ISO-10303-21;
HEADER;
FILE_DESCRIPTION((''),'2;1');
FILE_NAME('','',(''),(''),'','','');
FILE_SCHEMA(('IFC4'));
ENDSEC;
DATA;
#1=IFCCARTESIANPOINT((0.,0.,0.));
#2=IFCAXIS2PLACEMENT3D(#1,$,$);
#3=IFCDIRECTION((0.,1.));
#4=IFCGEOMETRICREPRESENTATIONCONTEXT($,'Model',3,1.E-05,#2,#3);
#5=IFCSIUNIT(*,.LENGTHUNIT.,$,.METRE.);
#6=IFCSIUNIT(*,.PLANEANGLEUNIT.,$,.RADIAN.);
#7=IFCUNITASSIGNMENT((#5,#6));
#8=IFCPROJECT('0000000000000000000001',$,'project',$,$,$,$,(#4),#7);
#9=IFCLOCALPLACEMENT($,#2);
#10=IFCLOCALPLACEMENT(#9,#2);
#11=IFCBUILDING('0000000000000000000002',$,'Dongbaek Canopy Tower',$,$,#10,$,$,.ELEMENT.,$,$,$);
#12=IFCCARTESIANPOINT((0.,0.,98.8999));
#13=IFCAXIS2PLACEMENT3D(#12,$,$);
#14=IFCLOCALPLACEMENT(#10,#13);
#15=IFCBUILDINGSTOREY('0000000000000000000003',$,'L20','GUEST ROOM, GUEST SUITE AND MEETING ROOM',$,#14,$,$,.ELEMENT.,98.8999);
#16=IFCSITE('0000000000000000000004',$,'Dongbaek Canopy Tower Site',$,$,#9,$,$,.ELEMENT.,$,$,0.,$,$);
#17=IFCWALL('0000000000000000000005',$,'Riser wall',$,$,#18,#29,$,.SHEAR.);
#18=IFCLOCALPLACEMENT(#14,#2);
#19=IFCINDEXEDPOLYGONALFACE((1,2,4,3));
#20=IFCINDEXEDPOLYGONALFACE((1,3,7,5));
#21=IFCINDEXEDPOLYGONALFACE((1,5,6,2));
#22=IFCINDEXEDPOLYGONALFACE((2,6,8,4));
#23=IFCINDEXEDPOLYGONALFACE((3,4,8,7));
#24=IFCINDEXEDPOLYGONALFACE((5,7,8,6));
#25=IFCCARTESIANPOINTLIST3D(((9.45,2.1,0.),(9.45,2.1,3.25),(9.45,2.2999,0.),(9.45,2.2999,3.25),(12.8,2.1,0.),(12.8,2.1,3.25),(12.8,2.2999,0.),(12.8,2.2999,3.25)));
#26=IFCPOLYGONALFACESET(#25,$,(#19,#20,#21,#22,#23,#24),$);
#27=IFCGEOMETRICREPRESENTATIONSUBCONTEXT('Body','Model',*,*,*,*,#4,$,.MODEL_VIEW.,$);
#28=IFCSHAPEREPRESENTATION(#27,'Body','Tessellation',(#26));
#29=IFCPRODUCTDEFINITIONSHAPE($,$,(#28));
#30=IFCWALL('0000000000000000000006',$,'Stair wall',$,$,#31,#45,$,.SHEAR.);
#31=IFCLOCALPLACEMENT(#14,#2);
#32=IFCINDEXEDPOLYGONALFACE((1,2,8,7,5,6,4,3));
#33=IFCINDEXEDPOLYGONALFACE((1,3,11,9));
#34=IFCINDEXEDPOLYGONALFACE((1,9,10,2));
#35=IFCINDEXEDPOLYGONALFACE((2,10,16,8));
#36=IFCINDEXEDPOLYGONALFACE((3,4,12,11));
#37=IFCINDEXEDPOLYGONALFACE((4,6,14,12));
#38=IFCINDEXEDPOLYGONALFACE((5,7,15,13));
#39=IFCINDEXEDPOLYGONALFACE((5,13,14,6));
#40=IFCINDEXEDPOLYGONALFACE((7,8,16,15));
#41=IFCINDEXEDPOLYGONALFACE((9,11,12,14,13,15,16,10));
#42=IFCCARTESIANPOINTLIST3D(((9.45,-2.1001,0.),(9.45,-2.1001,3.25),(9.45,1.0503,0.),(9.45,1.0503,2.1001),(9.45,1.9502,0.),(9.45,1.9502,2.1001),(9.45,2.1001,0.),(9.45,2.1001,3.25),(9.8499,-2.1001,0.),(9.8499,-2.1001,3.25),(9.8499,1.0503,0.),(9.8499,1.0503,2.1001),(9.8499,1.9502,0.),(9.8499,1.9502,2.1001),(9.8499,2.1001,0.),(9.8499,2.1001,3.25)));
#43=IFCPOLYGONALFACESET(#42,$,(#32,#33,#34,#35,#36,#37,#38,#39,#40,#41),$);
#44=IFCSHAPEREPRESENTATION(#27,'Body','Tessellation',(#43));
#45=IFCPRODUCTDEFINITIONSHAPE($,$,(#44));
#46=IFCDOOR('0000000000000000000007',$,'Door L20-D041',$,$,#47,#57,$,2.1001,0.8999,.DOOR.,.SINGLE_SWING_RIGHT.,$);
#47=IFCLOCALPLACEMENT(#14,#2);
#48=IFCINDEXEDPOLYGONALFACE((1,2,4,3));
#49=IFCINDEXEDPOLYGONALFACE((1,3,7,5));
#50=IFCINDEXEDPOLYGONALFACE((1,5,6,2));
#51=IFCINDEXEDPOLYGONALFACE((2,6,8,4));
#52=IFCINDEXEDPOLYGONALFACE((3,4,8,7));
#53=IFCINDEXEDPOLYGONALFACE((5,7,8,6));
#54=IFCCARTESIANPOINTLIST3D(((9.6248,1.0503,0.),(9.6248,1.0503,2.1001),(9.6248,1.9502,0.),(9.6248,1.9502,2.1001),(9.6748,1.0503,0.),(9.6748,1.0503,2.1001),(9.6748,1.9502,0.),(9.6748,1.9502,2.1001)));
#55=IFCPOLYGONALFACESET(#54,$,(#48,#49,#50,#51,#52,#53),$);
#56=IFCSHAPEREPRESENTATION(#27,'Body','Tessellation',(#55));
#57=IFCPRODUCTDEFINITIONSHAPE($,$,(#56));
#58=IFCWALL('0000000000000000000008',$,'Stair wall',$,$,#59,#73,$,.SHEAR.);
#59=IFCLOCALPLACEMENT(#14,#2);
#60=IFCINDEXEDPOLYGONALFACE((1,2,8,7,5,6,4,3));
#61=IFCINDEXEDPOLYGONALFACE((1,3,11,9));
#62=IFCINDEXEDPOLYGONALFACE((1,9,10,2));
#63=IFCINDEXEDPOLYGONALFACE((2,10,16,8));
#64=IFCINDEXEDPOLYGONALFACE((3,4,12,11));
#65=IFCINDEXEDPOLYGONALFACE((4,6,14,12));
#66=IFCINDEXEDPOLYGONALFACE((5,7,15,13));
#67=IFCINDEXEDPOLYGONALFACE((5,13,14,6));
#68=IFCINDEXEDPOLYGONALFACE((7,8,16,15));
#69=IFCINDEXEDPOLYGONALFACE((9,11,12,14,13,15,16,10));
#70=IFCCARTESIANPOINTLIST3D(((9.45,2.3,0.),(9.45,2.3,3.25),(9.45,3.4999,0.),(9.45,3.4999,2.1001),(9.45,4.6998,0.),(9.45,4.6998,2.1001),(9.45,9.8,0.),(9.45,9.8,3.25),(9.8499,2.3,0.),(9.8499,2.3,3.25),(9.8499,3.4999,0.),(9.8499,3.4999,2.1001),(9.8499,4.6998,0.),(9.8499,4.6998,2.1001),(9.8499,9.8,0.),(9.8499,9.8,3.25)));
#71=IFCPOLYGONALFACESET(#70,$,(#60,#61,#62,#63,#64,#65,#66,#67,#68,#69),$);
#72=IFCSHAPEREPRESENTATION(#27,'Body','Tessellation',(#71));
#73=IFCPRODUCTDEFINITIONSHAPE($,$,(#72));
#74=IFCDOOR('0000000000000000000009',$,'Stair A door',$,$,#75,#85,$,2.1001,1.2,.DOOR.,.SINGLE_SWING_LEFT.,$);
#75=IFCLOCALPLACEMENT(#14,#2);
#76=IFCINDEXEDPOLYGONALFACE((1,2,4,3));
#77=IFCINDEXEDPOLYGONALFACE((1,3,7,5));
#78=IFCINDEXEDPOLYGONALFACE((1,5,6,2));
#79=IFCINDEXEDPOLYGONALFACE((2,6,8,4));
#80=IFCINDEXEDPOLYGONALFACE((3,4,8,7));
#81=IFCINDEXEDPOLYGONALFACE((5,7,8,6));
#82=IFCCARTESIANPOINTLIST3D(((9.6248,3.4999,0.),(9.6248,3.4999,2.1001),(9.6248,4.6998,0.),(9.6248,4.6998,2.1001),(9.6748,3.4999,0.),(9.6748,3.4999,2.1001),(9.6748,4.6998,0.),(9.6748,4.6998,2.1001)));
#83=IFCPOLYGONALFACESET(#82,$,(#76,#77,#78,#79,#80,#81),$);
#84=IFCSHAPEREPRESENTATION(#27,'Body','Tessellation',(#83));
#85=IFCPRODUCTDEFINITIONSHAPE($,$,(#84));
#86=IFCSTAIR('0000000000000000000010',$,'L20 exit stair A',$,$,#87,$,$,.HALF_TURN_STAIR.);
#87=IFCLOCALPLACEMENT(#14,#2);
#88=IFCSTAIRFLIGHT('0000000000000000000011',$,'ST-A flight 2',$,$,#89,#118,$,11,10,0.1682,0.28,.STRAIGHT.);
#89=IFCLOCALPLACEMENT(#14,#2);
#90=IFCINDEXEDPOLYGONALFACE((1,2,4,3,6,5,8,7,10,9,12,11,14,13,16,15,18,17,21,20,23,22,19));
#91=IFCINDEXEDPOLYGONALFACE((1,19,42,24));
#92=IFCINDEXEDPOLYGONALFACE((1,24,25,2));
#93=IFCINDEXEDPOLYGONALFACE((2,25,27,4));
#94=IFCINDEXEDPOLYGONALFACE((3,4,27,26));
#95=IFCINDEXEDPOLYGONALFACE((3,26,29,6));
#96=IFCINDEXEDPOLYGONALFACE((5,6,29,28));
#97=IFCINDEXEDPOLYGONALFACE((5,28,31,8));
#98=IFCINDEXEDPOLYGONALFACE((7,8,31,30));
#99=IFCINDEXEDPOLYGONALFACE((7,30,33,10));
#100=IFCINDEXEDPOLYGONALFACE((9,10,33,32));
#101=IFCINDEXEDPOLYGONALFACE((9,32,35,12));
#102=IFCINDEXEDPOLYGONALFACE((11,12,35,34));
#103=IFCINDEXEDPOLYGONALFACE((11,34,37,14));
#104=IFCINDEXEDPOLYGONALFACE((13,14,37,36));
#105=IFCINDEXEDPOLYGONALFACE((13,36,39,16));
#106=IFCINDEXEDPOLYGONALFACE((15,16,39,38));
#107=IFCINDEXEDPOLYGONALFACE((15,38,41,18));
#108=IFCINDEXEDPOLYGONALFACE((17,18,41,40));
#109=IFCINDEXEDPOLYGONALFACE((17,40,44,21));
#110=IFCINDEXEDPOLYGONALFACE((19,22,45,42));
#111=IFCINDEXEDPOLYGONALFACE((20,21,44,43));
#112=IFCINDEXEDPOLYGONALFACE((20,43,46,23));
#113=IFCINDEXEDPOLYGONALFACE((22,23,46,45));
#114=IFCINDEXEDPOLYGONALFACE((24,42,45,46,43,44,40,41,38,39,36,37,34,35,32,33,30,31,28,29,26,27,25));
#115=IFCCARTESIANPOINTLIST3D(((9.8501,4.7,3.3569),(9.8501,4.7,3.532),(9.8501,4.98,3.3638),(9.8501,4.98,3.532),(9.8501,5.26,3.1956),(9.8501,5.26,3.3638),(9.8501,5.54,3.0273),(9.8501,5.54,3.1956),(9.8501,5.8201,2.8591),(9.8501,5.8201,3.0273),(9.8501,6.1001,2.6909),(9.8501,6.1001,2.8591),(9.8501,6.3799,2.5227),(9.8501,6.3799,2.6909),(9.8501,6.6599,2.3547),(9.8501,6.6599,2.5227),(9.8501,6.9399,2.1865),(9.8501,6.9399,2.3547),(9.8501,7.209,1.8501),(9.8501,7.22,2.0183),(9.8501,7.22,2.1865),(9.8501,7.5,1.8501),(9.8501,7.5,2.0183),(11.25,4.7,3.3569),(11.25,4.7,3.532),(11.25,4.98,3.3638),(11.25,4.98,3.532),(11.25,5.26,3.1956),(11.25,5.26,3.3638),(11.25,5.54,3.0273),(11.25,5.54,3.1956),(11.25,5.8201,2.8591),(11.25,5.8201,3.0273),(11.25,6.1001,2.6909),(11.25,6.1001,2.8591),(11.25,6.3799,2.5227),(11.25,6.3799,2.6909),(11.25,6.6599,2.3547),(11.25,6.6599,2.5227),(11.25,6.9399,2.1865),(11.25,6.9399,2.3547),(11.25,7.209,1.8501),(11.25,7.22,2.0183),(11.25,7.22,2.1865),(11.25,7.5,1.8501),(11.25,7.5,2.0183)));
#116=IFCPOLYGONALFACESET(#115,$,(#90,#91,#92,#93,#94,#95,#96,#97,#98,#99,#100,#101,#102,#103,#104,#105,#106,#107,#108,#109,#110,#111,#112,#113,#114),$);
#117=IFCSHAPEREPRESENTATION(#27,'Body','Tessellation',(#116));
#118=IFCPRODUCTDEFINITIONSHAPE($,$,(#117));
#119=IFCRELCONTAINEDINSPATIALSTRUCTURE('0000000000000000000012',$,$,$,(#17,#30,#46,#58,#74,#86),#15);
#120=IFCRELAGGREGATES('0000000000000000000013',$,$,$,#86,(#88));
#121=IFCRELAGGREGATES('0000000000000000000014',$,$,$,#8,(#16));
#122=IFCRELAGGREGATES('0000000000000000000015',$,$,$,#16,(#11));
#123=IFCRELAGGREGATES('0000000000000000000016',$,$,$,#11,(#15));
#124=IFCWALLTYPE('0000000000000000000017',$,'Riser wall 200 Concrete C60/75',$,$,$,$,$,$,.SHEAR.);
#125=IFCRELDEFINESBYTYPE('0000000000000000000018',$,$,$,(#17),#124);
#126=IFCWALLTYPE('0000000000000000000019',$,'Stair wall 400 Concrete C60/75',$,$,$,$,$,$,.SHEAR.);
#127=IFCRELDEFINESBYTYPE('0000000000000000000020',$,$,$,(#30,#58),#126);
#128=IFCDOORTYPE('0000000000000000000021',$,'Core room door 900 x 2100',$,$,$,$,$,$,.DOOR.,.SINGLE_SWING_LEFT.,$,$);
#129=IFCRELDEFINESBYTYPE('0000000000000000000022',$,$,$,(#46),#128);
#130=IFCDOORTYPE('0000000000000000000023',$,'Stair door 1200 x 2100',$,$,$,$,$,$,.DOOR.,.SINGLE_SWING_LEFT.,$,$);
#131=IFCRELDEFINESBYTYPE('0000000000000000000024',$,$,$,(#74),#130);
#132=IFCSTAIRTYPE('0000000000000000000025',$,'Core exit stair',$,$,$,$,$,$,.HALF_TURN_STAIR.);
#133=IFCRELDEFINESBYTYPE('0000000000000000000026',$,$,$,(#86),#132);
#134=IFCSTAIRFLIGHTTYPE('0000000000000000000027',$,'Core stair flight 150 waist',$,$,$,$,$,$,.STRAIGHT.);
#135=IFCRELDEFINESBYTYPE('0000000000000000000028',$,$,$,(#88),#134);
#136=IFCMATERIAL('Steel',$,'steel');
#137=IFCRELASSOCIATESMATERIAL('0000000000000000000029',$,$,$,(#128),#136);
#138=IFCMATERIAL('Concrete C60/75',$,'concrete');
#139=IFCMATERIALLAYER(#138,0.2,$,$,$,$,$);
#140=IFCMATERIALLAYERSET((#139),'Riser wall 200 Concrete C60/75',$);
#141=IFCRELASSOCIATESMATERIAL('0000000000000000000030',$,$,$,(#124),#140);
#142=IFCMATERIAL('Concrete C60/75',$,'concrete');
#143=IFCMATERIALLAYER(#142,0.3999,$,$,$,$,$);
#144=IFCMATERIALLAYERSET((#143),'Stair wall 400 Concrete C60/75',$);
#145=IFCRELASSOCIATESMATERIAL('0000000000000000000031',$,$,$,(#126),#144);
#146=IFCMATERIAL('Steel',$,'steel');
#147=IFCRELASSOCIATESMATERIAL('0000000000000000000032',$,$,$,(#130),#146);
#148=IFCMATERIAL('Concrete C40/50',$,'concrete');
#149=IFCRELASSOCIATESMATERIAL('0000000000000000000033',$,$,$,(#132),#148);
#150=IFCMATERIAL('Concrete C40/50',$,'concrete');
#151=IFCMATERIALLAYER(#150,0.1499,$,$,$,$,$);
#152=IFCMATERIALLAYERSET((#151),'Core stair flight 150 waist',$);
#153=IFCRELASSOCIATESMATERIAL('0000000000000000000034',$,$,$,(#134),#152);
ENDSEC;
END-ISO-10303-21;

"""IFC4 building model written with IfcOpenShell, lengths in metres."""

from ifc_helpers import new_model, si_unit, direction, frame, frame_2d, origin, place, context, subcontext, project, spatial, polyline, rectangle, outline, extrude, material, layer, layer_set, type_object, element, fill, aggregate, save


model = new_model("IFC4")

# Units and contexts
model_context = context("Model", 3, precision=1e-05, world=origin(), true_north=direction((0.0, 1.0)))
body_context = subcontext(model_context, "Body", "Model", "MODEL_VIEW")
ifc_project = project(units=[si_unit("LENGTHUNIT", "METRE"), si_unit("PLANEANGLEUNIT", "RADIAN")], contexts=[model_context])

# Site, building, storey
site_placement = place(None, origin())
site = spatial("IfcSite", under=ifc_project, at=site_placement, Name="Dongbaek Canopy Tower Site", CompositionType="ELEMENT", RefElevation=0.0)
building_placement = place(site_placement, origin())
building = spatial("IfcBuilding", under=site, at=building_placement, Name="Dongbaek Canopy Tower", CompositionType="ELEMENT")
storey_placement = place(building_placement, frame((0.0, 0.0, 98.8999)))
storey = spatial("IfcBuildingStorey", under=building, at=storey_placement, Name="L20", Description="GUEST ROOM, GUEST SUITE AND MEETING ROOM", CompositionType="ELEMENT", Elevation=98.8999)

# Shared definitions
ifc_material_1 = material(Name="Steel", Category="steel")
door_type_1 = type_object("IfcDoorType", Name="Core room door 900 x 2100", OperationType="SINGLE_SWING_LEFT", PredefinedType="DOOR", material=ifc_material_1)

# Wall
ifc_material_2 = material(Name="Concrete C60/75", Category="concrete")
ifc_layer_1 = layer(ifc_material_2, 0.2)
ifc_layer_set_1 = layer_set([ifc_layer_1], Name="Riser wall 200 Concrete C60/75")
wall_type_1 = type_object("IfcWallType", Name="Riser wall 200 Concrete C60/75", PredefinedType="SHEAR", material=ifc_layer_set_1)
wall_1_placement = place(storey_placement, frame((9.45, 2.2, 0.0), z_axis=(0.0, 0.0, 1.0), x_axis=(1.0, 0.0, 0.0)))
element("IfcWall", 1, at=wall_1_placement, inside=storey, type_object=wall_type_1, Name="Riser wall", PredefinedType="SHEAR", context=body_context, shape_type="SweptSolid", body=[
    extrude(rectangle(XDim=3.3501, YDim=0.2, at=frame_2d((1.675, 0.0))), origin(), (0.0, 0.0, 1.0), 3.25),
])

# Walls, openings, doors
ifc_material_3 = material(Name="Concrete C60/75", Category="concrete")
ifc_layer_2 = layer(ifc_material_3, 0.3999)
ifc_layer_set_2 = layer_set([ifc_layer_2], Name="Stair wall 400 Concrete C60/75")
wall_type_2 = type_object("IfcWallType", Name="Stair wall 400 Concrete C60/75", PredefinedType="SHEAR", material=ifc_layer_set_2)
wall_2_placement = place(storey_placement, frame((9.6499, 2.1001, 0.0), z_axis=(0.0, 0.0, 1.0), x_axis=(0.0, -1.0, 0.0)))
wall_2 = element("IfcWall", 2, at=wall_2_placement, inside=storey, type_object=wall_type_2, Name="Stair wall", PredefinedType="SHEAR", context=body_context, shape_type="SweptSolid", body=[
    extrude(rectangle(XDim=4.2002, YDim=0.3999, at=frame_2d((2.1001, 0.0))), origin(), (0.0, 0.0, 1.0), 3.25),
])
opening_1_placement = place(wall_2_placement, frame((0.1499, 0.0, 0.0)))
opening_1 = element("IfcOpeningElement", 3, at=opening_1_placement, cuts=wall_2, PredefinedType="OPENING", context=body_context, shape_type="SweptSolid", body=[
    extrude(rectangle(XDim=0.8999, YDim=2.1001, at=frame_2d((0.45, 1.05))), frame((0.0, 0.21, 0.0), z_axis=(0.0, -1.0, 0.0), x_axis=(1.0, 0.0, 0.0)), (0.0, 0.0, 1.0), 0.4199),
])
door_1_placement = place(opening_1_placement, origin())
door_1 = element("IfcDoor", 4, at=door_1_placement, inside=storey, type_object=door_type_1, Name="Door L20-D041", OperationType="SINGLE_SWING_RIGHT", OverallHeight=2.1001, OverallWidth=0.8999, PredefinedType="DOOR", context=body_context, shape_type="SweptSolid", body=[
    extrude(rectangle(XDim=0.8999, YDim=2.1001, at=frame_2d((0.45, 1.05))), frame((0.0, 0.0249, 0.0), z_axis=(0.0, -1.0, 0.0), x_axis=(1.0, 0.0, 0.0)), (0.0, 0.0, 1.0), 0.05),
])
fill(opening_1, door_1)
wall_3_placement = place(storey_placement, frame((9.6499, 9.8, 0.0), z_axis=(0.0, 0.0, 1.0), x_axis=(0.0, -1.0, 0.0)))
wall_3 = element("IfcWall", 5, at=wall_3_placement, inside=storey, type_object=wall_type_2, Name="Stair wall", PredefinedType="SHEAR", context=body_context, shape_type="SweptSolid", body=[
    extrude(rectangle(XDim=7.5, YDim=0.3999, at=frame_2d((3.75, 0.0))), origin(), (0.0, 0.0, 1.0), 3.25),
])
opening_2_placement = place(wall_3_placement, frame((5.1001, 0.0, 0.0)))
opening_2 = element("IfcOpeningElement", 6, at=opening_2_placement, cuts=wall_3, PredefinedType="OPENING", context=body_context, shape_type="SweptSolid", body=[
    extrude(rectangle(XDim=1.2, YDim=2.1001, at=frame_2d((0.6001, 1.05))), frame((0.0, 0.21, 0.0), z_axis=(0.0, -1.0, 0.0), x_axis=(1.0, 0.0, 0.0)), (0.0, 0.0, 1.0), 0.4199),
])
ifc_material_4 = material(Name="Steel", Category="steel")
door_type_2 = type_object("IfcDoorType", Name="Stair door 1200 x 2100", OperationType="SINGLE_SWING_LEFT", PredefinedType="DOOR", material=ifc_material_4)
door_2_placement = place(opening_2_placement, origin())
door_2 = element("IfcDoor", 7, at=door_2_placement, inside=storey, type_object=door_type_2, Name="Stair A door", OperationType="SINGLE_SWING_LEFT", OverallHeight=2.1001, OverallWidth=1.2, PredefinedType="DOOR", context=body_context, shape_type="SweptSolid", body=[
    extrude(rectangle(XDim=1.2, YDim=2.1001, at=frame_2d((0.6001, 1.05))), frame((0.0, 0.0249, 0.0), z_axis=(0.0, -1.0, 0.0), x_axis=(1.0, 0.0, 0.0)), (0.0, 0.0, 1.0), 0.05),
])
fill(opening_2, door_2)

# Stair, stair flight
ifc_material_5 = material(Name="Concrete C40/50", Category="concrete")
stair_type = type_object("IfcStairType", Name="Core exit stair", PredefinedType="HALF_TURN_STAIR", material=ifc_material_5)
stair_placement = place(storey_placement, origin())
stair = element("IfcStair", 8, at=stair_placement, inside=storey, type_object=stair_type, Name="L20 exit stair A", PredefinedType="HALF_TURN_STAIR")
ifc_material_6 = material(Name="Concrete C40/50", Category="concrete")
ifc_layer_3 = layer(ifc_material_6, 0.1499)
ifc_layer_set_3 = layer_set([ifc_layer_3], Name="Core stair flight 150 waist")
stair_flight_type = type_object("IfcStairFlightType", Name="Core stair flight 150 waist", PredefinedType="STRAIGHT", material=ifc_layer_set_3)
stair_flight_placement = place(storey_placement, frame((10.55, 7.5, 1.8501), z_axis=(0.0, 0.0, 1.0), x_axis=(0.0, -1.0, 0.0)))
stair_flight = element("IfcStairFlight", 9, at=stair_flight_placement, type_object=stair_flight_type, Name="ST-A flight 2", NumberOfRisers=11, NumberOfTreads=10, PredefinedType="STRAIGHT", RiserHeight=0.1682, TreadLength=0.28, context=body_context, shape_type="SweptSolid", body=[
    extrude(outline(polyline([(0.0, 0.0), (0.0, 0.1682), (0.28, 0.1682), (0.28, 0.3364), (0.5601, 0.3364), (0.5601, 0.5046), (0.8401, 0.5046), (0.8401, 0.6726), (1.1201, 0.6726), (1.1201, 0.8408), (1.3999, 0.8408), (1.3999, 1.009), (1.6799, 1.009), (1.6799, 1.1772), (1.96, 1.1772), (1.96, 1.3455), (2.24, 1.3455), (2.24, 1.5137), (2.52, 1.5137), (2.52, 1.6819), (2.8, 1.6819), (2.8, 1.8501), (2.8, 1.5068), (0.291, 0.0), (0.0, 0.0)])), frame((0.0, 0.7, 0.0), z_axis=(0.0, -1.0, 0.0), x_axis=(1.0, 0.0, 0.0)), (0.0, 0.0, 1.0), 1.3999),
])
aggregate(stair, [stair_flight])

save(model, "model.ifc")
